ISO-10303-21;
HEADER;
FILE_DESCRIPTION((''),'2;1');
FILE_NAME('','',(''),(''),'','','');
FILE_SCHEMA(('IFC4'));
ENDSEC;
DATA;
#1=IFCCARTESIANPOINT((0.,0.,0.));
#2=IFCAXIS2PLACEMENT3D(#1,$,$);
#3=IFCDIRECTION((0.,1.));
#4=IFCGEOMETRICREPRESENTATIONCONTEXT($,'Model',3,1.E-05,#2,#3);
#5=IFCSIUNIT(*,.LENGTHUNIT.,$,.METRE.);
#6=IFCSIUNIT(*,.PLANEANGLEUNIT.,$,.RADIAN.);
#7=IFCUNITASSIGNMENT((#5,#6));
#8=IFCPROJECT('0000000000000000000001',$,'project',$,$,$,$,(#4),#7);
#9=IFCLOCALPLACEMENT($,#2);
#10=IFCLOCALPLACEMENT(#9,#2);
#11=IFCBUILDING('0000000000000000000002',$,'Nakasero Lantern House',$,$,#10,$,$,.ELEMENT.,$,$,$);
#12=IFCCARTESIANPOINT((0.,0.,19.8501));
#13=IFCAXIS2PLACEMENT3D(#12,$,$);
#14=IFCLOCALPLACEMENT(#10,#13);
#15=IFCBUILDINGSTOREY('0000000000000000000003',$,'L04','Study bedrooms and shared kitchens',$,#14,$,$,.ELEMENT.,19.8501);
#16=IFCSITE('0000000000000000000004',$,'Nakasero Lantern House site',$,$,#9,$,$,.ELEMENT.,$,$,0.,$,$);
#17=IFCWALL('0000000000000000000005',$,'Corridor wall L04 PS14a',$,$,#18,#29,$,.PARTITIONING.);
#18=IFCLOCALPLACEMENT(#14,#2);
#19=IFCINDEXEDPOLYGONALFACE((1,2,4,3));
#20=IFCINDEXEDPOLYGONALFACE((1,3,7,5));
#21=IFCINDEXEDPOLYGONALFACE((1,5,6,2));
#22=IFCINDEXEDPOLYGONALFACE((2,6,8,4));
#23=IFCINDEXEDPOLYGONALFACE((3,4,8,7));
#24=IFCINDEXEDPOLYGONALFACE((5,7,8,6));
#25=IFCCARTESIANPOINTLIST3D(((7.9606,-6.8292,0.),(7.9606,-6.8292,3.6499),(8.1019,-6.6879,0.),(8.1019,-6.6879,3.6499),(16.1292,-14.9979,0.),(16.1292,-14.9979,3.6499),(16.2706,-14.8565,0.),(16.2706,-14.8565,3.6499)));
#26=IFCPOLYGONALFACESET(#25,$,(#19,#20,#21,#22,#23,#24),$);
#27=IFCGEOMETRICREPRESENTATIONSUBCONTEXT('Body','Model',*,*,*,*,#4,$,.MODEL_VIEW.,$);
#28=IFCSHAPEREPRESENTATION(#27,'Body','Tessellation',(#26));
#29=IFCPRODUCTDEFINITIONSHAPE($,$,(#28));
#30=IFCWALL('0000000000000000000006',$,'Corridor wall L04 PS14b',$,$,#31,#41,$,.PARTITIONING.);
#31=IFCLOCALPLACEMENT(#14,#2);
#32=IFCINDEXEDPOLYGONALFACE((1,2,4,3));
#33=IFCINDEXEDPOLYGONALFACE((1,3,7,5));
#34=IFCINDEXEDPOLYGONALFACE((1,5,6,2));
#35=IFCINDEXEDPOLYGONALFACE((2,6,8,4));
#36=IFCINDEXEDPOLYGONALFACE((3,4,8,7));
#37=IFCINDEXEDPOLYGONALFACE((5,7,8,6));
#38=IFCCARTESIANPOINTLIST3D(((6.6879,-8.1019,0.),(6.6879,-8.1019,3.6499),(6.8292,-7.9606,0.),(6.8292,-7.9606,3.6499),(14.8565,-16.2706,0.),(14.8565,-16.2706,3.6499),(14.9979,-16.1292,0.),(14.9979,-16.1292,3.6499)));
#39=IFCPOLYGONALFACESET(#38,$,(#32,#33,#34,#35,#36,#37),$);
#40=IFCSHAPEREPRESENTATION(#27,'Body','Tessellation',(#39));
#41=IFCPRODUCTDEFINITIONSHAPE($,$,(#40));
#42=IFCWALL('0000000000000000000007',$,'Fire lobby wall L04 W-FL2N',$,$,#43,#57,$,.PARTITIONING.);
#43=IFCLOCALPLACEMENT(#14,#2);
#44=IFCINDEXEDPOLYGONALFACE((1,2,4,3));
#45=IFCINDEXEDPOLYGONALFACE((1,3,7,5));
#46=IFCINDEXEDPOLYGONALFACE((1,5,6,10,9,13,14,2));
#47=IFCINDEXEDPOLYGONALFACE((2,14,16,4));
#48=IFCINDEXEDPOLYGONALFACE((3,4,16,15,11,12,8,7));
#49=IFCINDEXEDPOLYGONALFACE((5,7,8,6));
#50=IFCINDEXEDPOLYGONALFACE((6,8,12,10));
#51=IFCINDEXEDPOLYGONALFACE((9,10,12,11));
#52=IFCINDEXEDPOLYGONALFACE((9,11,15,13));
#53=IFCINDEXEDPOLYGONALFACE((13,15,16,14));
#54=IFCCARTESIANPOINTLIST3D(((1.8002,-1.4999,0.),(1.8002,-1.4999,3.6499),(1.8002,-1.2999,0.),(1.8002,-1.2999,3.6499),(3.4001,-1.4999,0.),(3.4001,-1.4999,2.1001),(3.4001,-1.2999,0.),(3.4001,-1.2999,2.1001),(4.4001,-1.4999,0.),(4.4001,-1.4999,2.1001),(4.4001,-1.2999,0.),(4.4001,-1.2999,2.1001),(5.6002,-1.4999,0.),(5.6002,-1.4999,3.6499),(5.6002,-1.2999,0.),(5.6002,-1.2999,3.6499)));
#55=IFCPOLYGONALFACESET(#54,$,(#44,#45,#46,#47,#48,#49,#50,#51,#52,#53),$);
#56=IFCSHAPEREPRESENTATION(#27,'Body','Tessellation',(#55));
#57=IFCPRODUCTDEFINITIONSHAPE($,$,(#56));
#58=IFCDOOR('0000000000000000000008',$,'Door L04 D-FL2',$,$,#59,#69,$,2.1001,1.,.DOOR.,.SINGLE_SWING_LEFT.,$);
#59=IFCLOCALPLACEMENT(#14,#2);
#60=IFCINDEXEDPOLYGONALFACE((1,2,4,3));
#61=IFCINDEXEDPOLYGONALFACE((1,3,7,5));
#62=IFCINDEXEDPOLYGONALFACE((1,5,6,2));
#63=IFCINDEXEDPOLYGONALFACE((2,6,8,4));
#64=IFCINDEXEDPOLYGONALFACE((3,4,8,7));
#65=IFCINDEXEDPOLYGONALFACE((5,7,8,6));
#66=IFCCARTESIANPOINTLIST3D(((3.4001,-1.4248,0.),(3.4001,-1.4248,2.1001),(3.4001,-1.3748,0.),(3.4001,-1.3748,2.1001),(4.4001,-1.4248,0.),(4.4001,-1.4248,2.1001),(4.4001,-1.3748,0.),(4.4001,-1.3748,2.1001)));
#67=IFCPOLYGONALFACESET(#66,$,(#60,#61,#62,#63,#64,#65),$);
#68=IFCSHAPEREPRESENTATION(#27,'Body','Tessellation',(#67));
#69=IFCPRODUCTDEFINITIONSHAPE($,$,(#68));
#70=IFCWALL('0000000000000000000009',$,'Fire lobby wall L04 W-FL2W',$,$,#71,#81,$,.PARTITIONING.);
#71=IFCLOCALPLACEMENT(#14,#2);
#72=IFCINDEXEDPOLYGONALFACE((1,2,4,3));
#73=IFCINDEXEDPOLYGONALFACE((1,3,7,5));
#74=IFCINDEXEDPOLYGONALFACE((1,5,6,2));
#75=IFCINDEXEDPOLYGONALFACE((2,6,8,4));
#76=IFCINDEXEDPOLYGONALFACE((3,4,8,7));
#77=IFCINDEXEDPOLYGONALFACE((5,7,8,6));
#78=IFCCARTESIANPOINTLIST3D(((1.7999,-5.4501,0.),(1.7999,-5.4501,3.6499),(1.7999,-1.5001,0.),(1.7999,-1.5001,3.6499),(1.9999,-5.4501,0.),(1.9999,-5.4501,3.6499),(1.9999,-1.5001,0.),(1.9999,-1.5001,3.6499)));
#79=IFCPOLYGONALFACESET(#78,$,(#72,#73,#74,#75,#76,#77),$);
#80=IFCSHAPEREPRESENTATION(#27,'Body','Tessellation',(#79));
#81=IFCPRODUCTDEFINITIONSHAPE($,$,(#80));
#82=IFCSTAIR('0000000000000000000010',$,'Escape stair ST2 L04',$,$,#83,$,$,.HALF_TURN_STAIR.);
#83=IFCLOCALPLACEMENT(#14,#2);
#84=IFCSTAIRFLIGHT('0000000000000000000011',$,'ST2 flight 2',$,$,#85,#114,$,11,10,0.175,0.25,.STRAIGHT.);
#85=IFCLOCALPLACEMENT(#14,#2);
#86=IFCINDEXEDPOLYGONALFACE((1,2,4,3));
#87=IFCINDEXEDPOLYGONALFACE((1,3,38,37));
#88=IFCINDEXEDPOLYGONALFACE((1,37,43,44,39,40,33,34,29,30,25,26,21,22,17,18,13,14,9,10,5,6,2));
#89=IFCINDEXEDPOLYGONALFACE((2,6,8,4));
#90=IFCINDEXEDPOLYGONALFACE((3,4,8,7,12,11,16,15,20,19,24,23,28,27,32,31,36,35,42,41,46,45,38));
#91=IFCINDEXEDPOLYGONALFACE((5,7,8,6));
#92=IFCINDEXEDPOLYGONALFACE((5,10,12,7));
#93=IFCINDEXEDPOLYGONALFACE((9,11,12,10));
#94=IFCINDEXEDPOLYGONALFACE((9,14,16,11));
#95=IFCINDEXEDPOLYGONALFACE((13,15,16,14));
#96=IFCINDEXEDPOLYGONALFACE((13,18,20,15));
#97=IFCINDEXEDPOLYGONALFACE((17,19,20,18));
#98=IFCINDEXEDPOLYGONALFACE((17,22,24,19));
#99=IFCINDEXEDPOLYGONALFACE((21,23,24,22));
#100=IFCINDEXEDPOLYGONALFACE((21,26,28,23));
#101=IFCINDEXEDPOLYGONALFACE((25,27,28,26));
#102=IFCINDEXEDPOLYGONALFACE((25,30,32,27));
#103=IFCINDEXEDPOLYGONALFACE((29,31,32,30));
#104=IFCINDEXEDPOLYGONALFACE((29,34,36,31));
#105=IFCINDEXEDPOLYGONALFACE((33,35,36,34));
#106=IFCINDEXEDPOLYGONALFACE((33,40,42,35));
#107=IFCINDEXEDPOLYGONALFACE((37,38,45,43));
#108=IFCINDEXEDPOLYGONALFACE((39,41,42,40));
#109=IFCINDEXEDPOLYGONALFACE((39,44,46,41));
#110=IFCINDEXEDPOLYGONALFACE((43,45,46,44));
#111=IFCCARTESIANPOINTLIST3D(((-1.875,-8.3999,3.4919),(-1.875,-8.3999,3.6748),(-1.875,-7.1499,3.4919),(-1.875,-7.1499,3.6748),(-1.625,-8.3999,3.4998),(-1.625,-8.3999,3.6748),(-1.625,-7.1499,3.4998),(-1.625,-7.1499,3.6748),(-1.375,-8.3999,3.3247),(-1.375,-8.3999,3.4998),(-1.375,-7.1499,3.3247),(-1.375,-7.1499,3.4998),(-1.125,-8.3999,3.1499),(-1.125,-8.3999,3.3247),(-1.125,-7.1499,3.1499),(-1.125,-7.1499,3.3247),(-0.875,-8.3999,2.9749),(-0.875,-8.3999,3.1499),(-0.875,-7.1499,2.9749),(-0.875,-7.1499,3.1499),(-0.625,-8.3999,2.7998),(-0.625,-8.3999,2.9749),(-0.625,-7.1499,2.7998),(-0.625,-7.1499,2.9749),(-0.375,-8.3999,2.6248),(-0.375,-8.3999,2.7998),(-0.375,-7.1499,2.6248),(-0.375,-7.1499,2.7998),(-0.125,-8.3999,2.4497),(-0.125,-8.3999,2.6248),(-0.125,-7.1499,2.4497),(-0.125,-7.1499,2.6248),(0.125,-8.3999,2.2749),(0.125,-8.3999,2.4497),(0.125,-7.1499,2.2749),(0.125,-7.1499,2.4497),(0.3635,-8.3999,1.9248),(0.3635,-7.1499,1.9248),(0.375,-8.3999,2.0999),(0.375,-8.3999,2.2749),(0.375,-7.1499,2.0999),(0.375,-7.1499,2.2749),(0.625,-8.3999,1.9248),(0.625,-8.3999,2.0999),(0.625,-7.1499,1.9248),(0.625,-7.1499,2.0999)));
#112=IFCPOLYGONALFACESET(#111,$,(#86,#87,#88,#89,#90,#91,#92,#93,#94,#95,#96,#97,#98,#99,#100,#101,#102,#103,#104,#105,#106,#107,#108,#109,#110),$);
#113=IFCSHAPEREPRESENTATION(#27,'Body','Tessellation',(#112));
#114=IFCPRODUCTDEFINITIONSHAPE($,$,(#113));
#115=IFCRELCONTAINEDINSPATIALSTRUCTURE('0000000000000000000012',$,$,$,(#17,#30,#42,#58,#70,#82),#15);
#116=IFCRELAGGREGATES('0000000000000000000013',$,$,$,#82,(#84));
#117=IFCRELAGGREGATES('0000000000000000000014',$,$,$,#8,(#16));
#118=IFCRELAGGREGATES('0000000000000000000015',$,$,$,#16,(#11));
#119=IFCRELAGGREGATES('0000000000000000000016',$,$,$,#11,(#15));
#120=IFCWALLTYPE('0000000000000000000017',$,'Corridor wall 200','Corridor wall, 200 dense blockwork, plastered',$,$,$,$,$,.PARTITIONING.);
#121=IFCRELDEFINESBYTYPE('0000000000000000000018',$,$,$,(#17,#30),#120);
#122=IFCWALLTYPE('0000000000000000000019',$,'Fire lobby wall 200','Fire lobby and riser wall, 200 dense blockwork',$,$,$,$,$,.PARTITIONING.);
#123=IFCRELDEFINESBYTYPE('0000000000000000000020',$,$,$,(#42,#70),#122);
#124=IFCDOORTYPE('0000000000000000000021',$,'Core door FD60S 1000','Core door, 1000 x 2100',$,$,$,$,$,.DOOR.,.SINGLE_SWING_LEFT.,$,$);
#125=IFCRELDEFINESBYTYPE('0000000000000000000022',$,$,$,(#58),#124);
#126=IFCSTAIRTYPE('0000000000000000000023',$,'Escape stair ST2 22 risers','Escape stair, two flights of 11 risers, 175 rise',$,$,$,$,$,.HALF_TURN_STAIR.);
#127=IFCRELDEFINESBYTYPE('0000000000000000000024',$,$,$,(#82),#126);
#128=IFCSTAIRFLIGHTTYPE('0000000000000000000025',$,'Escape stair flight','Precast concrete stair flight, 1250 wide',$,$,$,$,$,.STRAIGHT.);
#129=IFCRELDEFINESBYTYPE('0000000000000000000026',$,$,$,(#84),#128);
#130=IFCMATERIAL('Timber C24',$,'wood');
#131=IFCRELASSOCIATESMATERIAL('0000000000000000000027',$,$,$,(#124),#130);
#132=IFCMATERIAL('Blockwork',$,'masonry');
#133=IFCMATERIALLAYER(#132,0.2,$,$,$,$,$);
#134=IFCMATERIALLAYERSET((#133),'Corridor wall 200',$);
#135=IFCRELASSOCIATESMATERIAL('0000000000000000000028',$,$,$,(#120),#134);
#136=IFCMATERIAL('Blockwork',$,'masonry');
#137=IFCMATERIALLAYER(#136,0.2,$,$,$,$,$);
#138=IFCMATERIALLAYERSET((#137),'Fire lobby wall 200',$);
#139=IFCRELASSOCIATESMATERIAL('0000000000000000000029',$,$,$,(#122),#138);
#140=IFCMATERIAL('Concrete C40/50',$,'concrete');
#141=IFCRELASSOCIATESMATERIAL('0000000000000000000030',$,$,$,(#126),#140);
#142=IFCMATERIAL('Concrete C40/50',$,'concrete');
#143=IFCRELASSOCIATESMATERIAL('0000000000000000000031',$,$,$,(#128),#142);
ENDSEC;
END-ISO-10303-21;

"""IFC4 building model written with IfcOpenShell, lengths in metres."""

from ifc_helpers import new_model, si_unit, direction, frame, frame_2d, origin, place, context, subcontext, project, spatial, polyline, rectangle, outline, extrude, material, layer, layer_set, type_object, element, fill, aggregate, save


model = new_model("IFC4")

# Units and contexts
model_context = context("Model", 3, precision=1e-05, world=origin(), true_north=direction((0.0, 1.0)))
body_context = subcontext(model_context, "Body", "Model", "MODEL_VIEW")
ifc_project = project(units=[si_unit("LENGTHUNIT", "METRE"), si_unit("PLANEANGLEUNIT", "RADIAN")], contexts=[model_context])

# Site, building, storey
site_placement = place(None, origin())
site = spatial("IfcSite", under=ifc_project, at=site_placement, Name="Nakasero Lantern House site", CompositionType="ELEMENT", RefElevation=0.0)
building_placement = place(site_placement, origin())
building = spatial("IfcBuilding", under=site, at=building_placement, Name="Nakasero Lantern House", CompositionType="ELEMENT")
storey_placement = place(building_placement, frame((0.0, 0.0, 19.8501)))
storey = spatial("IfcBuildingStorey", under=building, at=storey_placement, Name="L04", Description="Study bedrooms and shared kitchens", CompositionType="ELEMENT", Elevation=19.8501)

# Shared definitions
ifc_material_1 = material(Name="Timber C24", Category="wood")
door_type_1 = type_object("IfcDoorType", Name="Core door FD60S 1000", Description="Core door, 1000 x 2100", OperationType="SINGLE_SWING_LEFT", PredefinedType="DOOR", material=ifc_material_1)

# Walls
ifc_material_2 = material(Name="Blockwork", Category="masonry")
ifc_layer_1 = layer(ifc_material_2, 0.2)
ifc_layer_set_1 = layer_set([ifc_layer_1], Name="Corridor wall 200")
wall_type_1 = type_object("IfcWallType", Name="Corridor wall 200", Description="Corridor wall, 200 dense blockwork, plastered", PredefinedType="PARTITIONING", material=ifc_layer_set_1)
for number, where, z_axis, x_axis, name in (
    (1, (8.0312, -6.7585, 0.0), (0.0, 0.0, 1.0), (0.707107, -0.707107, 0.0), "Corridor wall L04 PS14a"),
    (2, (6.7585, -8.0312, 0.0), (0.0, 0.0, 1.0), (0.707107, -0.707107, 0.0), "Corridor wall L04 PS14b"),
):
    element("IfcWall", number, at=place(storey_placement, frame(where, z_axis=z_axis, x_axis=x_axis)), inside=storey, type_object=wall_type_1, Name=name, PredefinedType="PARTITIONING", context=body_context, shape_type="SweptSolid", body=[
        extrude(rectangle(XDim=11.5522, YDim=0.2, at=frame_2d((5.7761, 0.0))), origin(), (0.0, 0.0, 1.0), 3.6499),
    ])

# Wall, opening, door
ifc_material_3 = material(Name="Blockwork", Category="masonry")
ifc_layer_2 = layer(ifc_material_3, 0.2)
ifc_layer_set_2 = layer_set([ifc_layer_2], Name="Fire lobby wall 200")
wall_type_2 = type_object("IfcWallType", Name="Fire lobby wall 200", Description="Fire lobby and riser wall, 200 dense blockwork", PredefinedType="PARTITIONING", material=ifc_layer_set_2)
wall_1_placement = place(storey_placement, frame((5.6001, -1.3999, 0.0), z_axis=(0.0, 0.0, 1.0), x_axis=(-1.0, 0.0, 0.0)))
wall_1 = element("IfcWall", 3, at=wall_1_placement, inside=storey, type_object=wall_type_2, Name="Fire lobby wall L04 W-FL2N", PredefinedType="PARTITIONING", context=body_context, shape_type="SweptSolid", body=[
    extrude(rectangle(XDim=3.8, YDim=0.2, at=frame_2d((1.8999, 0.0))), origin(), (0.0, 0.0, 1.0), 3.6499),
])
opening_1_placement = place(wall_1_placement, frame((1.2, 0.0, 0.0)))
opening_1 = element("IfcOpeningElement", 4, at=opening_1_placement, cuts=wall_1, PredefinedType="OPENING", context=body_context, shape_type="SweptSolid", body=[
    extrude(rectangle(XDim=1.0, YDim=2.1001, at=frame_2d((0.5, 1.05))), frame((0.0, 0.1199, 0.0), z_axis=(0.0, -1.0, 0.0), x_axis=(1.0, 0.0, 0.0)), (0.0, 0.0, 1.0), 0.24),
])
door_1_placement = place(opening_1_placement, origin())
door_1 = element("IfcDoor", 5, at=door_1_placement, inside=storey, type_object=door_type_1, Name="Door L04 D-FL2", OperationType="SINGLE_SWING_LEFT", OverallHeight=2.1001, OverallWidth=1.0, PredefinedType="DOOR", context=body_context, shape_type="SweptSolid", body=[
    extrude(rectangle(XDim=1.0, YDim=2.1001, at=frame_2d((0.5, 1.05))), frame((0.0, 0.0249, 0.0), z_axis=(0.0, -1.0, 0.0), x_axis=(1.0, 0.0, 0.0)), (0.0, 0.0, 1.0), 0.05),
])
fill(opening_1, door_1)

# Wall
wall_2_placement = place(storey_placement, frame((1.8999, -1.5, 0.0), z_axis=(0.0, 0.0, 1.0), x_axis=(0.0, -1.0, 0.0)))
element("IfcWall", 6, at=wall_2_placement, inside=storey, type_object=wall_type_2, Name="Fire lobby wall L04 W-FL2W", PredefinedType="PARTITIONING", context=body_context, shape_type="SweptSolid", body=[
    extrude(rectangle(XDim=3.95, YDim=0.2, at=frame_2d((1.9751, 0.0))), origin(), (0.0, 0.0, 1.0), 3.6499),
])

# Stair, stair flight
ifc_material_4 = material(Name="Concrete C40/50", Category="concrete")
stair_type_1 = type_object("IfcStairType", Name="Escape stair ST2 22 risers", Description="Escape stair, two flights of 11 risers, 175 rise", PredefinedType="HALF_TURN_STAIR", material=ifc_material_4)
stair_1_placement = place(storey_placement, origin())
stair_1 = element("IfcStair", 7, at=stair_1_placement, inside=storey, type_object=stair_type_1, Name="Escape stair ST2 L04", PredefinedType="HALF_TURN_STAIR")
ifc_material_5 = material(Name="Concrete C40/50", Category="concrete")
stair_flight_type = type_object("IfcStairFlightType", Name="Escape stair flight", Description="Precast concrete stair flight, 1250 wide", PredefinedType="STRAIGHT", material=ifc_material_5)
stair_flight_placement = place(storey_placement, frame((0.625, -7.7749, 1.9248), z_axis=(0.0, 0.0, 1.0), x_axis=(-1.0, 0.0, 0.0)))
stair_flight = element("IfcStairFlight", 8, at=stair_flight_placement, type_object=stair_flight_type, Name="ST2 flight 2", NumberOfRisers=11, NumberOfTreads=10, PredefinedType="STRAIGHT", RiserHeight=0.175, TreadLength=0.25, context=body_context, shape_type="SweptSolid", body=[
    extrude(outline(polyline([(0.0, 0.0), (0.0, 0.175), (0.25, 0.175), (0.25, 0.3501), (0.5, 0.3501), (0.5, 0.5249), (0.75, 0.5249), (0.75, 0.7), (1.0, 0.7), (1.0, 0.875), (1.25, 0.875), (1.25, 1.05), (1.5, 1.05), (1.5, 1.2251), (1.75, 1.2251), (1.75, 1.3999), (2.0, 1.3999), (2.0, 1.575), (2.25, 1.575), (2.25, 1.75), (2.5, 1.75), (2.5, 1.925), (2.5, 1.5671), (0.2615, 0.0), (0.0, 0.0)])), frame((0.0, 0.625, 0.0), z_axis=(0.0, -1.0, 0.0), x_axis=(1.0, 0.0, 0.0)), (0.0, 0.0, 1.0), 1.25),
])
aggregate(stair_1, [stair_flight])

save(model, "model.ifc")
